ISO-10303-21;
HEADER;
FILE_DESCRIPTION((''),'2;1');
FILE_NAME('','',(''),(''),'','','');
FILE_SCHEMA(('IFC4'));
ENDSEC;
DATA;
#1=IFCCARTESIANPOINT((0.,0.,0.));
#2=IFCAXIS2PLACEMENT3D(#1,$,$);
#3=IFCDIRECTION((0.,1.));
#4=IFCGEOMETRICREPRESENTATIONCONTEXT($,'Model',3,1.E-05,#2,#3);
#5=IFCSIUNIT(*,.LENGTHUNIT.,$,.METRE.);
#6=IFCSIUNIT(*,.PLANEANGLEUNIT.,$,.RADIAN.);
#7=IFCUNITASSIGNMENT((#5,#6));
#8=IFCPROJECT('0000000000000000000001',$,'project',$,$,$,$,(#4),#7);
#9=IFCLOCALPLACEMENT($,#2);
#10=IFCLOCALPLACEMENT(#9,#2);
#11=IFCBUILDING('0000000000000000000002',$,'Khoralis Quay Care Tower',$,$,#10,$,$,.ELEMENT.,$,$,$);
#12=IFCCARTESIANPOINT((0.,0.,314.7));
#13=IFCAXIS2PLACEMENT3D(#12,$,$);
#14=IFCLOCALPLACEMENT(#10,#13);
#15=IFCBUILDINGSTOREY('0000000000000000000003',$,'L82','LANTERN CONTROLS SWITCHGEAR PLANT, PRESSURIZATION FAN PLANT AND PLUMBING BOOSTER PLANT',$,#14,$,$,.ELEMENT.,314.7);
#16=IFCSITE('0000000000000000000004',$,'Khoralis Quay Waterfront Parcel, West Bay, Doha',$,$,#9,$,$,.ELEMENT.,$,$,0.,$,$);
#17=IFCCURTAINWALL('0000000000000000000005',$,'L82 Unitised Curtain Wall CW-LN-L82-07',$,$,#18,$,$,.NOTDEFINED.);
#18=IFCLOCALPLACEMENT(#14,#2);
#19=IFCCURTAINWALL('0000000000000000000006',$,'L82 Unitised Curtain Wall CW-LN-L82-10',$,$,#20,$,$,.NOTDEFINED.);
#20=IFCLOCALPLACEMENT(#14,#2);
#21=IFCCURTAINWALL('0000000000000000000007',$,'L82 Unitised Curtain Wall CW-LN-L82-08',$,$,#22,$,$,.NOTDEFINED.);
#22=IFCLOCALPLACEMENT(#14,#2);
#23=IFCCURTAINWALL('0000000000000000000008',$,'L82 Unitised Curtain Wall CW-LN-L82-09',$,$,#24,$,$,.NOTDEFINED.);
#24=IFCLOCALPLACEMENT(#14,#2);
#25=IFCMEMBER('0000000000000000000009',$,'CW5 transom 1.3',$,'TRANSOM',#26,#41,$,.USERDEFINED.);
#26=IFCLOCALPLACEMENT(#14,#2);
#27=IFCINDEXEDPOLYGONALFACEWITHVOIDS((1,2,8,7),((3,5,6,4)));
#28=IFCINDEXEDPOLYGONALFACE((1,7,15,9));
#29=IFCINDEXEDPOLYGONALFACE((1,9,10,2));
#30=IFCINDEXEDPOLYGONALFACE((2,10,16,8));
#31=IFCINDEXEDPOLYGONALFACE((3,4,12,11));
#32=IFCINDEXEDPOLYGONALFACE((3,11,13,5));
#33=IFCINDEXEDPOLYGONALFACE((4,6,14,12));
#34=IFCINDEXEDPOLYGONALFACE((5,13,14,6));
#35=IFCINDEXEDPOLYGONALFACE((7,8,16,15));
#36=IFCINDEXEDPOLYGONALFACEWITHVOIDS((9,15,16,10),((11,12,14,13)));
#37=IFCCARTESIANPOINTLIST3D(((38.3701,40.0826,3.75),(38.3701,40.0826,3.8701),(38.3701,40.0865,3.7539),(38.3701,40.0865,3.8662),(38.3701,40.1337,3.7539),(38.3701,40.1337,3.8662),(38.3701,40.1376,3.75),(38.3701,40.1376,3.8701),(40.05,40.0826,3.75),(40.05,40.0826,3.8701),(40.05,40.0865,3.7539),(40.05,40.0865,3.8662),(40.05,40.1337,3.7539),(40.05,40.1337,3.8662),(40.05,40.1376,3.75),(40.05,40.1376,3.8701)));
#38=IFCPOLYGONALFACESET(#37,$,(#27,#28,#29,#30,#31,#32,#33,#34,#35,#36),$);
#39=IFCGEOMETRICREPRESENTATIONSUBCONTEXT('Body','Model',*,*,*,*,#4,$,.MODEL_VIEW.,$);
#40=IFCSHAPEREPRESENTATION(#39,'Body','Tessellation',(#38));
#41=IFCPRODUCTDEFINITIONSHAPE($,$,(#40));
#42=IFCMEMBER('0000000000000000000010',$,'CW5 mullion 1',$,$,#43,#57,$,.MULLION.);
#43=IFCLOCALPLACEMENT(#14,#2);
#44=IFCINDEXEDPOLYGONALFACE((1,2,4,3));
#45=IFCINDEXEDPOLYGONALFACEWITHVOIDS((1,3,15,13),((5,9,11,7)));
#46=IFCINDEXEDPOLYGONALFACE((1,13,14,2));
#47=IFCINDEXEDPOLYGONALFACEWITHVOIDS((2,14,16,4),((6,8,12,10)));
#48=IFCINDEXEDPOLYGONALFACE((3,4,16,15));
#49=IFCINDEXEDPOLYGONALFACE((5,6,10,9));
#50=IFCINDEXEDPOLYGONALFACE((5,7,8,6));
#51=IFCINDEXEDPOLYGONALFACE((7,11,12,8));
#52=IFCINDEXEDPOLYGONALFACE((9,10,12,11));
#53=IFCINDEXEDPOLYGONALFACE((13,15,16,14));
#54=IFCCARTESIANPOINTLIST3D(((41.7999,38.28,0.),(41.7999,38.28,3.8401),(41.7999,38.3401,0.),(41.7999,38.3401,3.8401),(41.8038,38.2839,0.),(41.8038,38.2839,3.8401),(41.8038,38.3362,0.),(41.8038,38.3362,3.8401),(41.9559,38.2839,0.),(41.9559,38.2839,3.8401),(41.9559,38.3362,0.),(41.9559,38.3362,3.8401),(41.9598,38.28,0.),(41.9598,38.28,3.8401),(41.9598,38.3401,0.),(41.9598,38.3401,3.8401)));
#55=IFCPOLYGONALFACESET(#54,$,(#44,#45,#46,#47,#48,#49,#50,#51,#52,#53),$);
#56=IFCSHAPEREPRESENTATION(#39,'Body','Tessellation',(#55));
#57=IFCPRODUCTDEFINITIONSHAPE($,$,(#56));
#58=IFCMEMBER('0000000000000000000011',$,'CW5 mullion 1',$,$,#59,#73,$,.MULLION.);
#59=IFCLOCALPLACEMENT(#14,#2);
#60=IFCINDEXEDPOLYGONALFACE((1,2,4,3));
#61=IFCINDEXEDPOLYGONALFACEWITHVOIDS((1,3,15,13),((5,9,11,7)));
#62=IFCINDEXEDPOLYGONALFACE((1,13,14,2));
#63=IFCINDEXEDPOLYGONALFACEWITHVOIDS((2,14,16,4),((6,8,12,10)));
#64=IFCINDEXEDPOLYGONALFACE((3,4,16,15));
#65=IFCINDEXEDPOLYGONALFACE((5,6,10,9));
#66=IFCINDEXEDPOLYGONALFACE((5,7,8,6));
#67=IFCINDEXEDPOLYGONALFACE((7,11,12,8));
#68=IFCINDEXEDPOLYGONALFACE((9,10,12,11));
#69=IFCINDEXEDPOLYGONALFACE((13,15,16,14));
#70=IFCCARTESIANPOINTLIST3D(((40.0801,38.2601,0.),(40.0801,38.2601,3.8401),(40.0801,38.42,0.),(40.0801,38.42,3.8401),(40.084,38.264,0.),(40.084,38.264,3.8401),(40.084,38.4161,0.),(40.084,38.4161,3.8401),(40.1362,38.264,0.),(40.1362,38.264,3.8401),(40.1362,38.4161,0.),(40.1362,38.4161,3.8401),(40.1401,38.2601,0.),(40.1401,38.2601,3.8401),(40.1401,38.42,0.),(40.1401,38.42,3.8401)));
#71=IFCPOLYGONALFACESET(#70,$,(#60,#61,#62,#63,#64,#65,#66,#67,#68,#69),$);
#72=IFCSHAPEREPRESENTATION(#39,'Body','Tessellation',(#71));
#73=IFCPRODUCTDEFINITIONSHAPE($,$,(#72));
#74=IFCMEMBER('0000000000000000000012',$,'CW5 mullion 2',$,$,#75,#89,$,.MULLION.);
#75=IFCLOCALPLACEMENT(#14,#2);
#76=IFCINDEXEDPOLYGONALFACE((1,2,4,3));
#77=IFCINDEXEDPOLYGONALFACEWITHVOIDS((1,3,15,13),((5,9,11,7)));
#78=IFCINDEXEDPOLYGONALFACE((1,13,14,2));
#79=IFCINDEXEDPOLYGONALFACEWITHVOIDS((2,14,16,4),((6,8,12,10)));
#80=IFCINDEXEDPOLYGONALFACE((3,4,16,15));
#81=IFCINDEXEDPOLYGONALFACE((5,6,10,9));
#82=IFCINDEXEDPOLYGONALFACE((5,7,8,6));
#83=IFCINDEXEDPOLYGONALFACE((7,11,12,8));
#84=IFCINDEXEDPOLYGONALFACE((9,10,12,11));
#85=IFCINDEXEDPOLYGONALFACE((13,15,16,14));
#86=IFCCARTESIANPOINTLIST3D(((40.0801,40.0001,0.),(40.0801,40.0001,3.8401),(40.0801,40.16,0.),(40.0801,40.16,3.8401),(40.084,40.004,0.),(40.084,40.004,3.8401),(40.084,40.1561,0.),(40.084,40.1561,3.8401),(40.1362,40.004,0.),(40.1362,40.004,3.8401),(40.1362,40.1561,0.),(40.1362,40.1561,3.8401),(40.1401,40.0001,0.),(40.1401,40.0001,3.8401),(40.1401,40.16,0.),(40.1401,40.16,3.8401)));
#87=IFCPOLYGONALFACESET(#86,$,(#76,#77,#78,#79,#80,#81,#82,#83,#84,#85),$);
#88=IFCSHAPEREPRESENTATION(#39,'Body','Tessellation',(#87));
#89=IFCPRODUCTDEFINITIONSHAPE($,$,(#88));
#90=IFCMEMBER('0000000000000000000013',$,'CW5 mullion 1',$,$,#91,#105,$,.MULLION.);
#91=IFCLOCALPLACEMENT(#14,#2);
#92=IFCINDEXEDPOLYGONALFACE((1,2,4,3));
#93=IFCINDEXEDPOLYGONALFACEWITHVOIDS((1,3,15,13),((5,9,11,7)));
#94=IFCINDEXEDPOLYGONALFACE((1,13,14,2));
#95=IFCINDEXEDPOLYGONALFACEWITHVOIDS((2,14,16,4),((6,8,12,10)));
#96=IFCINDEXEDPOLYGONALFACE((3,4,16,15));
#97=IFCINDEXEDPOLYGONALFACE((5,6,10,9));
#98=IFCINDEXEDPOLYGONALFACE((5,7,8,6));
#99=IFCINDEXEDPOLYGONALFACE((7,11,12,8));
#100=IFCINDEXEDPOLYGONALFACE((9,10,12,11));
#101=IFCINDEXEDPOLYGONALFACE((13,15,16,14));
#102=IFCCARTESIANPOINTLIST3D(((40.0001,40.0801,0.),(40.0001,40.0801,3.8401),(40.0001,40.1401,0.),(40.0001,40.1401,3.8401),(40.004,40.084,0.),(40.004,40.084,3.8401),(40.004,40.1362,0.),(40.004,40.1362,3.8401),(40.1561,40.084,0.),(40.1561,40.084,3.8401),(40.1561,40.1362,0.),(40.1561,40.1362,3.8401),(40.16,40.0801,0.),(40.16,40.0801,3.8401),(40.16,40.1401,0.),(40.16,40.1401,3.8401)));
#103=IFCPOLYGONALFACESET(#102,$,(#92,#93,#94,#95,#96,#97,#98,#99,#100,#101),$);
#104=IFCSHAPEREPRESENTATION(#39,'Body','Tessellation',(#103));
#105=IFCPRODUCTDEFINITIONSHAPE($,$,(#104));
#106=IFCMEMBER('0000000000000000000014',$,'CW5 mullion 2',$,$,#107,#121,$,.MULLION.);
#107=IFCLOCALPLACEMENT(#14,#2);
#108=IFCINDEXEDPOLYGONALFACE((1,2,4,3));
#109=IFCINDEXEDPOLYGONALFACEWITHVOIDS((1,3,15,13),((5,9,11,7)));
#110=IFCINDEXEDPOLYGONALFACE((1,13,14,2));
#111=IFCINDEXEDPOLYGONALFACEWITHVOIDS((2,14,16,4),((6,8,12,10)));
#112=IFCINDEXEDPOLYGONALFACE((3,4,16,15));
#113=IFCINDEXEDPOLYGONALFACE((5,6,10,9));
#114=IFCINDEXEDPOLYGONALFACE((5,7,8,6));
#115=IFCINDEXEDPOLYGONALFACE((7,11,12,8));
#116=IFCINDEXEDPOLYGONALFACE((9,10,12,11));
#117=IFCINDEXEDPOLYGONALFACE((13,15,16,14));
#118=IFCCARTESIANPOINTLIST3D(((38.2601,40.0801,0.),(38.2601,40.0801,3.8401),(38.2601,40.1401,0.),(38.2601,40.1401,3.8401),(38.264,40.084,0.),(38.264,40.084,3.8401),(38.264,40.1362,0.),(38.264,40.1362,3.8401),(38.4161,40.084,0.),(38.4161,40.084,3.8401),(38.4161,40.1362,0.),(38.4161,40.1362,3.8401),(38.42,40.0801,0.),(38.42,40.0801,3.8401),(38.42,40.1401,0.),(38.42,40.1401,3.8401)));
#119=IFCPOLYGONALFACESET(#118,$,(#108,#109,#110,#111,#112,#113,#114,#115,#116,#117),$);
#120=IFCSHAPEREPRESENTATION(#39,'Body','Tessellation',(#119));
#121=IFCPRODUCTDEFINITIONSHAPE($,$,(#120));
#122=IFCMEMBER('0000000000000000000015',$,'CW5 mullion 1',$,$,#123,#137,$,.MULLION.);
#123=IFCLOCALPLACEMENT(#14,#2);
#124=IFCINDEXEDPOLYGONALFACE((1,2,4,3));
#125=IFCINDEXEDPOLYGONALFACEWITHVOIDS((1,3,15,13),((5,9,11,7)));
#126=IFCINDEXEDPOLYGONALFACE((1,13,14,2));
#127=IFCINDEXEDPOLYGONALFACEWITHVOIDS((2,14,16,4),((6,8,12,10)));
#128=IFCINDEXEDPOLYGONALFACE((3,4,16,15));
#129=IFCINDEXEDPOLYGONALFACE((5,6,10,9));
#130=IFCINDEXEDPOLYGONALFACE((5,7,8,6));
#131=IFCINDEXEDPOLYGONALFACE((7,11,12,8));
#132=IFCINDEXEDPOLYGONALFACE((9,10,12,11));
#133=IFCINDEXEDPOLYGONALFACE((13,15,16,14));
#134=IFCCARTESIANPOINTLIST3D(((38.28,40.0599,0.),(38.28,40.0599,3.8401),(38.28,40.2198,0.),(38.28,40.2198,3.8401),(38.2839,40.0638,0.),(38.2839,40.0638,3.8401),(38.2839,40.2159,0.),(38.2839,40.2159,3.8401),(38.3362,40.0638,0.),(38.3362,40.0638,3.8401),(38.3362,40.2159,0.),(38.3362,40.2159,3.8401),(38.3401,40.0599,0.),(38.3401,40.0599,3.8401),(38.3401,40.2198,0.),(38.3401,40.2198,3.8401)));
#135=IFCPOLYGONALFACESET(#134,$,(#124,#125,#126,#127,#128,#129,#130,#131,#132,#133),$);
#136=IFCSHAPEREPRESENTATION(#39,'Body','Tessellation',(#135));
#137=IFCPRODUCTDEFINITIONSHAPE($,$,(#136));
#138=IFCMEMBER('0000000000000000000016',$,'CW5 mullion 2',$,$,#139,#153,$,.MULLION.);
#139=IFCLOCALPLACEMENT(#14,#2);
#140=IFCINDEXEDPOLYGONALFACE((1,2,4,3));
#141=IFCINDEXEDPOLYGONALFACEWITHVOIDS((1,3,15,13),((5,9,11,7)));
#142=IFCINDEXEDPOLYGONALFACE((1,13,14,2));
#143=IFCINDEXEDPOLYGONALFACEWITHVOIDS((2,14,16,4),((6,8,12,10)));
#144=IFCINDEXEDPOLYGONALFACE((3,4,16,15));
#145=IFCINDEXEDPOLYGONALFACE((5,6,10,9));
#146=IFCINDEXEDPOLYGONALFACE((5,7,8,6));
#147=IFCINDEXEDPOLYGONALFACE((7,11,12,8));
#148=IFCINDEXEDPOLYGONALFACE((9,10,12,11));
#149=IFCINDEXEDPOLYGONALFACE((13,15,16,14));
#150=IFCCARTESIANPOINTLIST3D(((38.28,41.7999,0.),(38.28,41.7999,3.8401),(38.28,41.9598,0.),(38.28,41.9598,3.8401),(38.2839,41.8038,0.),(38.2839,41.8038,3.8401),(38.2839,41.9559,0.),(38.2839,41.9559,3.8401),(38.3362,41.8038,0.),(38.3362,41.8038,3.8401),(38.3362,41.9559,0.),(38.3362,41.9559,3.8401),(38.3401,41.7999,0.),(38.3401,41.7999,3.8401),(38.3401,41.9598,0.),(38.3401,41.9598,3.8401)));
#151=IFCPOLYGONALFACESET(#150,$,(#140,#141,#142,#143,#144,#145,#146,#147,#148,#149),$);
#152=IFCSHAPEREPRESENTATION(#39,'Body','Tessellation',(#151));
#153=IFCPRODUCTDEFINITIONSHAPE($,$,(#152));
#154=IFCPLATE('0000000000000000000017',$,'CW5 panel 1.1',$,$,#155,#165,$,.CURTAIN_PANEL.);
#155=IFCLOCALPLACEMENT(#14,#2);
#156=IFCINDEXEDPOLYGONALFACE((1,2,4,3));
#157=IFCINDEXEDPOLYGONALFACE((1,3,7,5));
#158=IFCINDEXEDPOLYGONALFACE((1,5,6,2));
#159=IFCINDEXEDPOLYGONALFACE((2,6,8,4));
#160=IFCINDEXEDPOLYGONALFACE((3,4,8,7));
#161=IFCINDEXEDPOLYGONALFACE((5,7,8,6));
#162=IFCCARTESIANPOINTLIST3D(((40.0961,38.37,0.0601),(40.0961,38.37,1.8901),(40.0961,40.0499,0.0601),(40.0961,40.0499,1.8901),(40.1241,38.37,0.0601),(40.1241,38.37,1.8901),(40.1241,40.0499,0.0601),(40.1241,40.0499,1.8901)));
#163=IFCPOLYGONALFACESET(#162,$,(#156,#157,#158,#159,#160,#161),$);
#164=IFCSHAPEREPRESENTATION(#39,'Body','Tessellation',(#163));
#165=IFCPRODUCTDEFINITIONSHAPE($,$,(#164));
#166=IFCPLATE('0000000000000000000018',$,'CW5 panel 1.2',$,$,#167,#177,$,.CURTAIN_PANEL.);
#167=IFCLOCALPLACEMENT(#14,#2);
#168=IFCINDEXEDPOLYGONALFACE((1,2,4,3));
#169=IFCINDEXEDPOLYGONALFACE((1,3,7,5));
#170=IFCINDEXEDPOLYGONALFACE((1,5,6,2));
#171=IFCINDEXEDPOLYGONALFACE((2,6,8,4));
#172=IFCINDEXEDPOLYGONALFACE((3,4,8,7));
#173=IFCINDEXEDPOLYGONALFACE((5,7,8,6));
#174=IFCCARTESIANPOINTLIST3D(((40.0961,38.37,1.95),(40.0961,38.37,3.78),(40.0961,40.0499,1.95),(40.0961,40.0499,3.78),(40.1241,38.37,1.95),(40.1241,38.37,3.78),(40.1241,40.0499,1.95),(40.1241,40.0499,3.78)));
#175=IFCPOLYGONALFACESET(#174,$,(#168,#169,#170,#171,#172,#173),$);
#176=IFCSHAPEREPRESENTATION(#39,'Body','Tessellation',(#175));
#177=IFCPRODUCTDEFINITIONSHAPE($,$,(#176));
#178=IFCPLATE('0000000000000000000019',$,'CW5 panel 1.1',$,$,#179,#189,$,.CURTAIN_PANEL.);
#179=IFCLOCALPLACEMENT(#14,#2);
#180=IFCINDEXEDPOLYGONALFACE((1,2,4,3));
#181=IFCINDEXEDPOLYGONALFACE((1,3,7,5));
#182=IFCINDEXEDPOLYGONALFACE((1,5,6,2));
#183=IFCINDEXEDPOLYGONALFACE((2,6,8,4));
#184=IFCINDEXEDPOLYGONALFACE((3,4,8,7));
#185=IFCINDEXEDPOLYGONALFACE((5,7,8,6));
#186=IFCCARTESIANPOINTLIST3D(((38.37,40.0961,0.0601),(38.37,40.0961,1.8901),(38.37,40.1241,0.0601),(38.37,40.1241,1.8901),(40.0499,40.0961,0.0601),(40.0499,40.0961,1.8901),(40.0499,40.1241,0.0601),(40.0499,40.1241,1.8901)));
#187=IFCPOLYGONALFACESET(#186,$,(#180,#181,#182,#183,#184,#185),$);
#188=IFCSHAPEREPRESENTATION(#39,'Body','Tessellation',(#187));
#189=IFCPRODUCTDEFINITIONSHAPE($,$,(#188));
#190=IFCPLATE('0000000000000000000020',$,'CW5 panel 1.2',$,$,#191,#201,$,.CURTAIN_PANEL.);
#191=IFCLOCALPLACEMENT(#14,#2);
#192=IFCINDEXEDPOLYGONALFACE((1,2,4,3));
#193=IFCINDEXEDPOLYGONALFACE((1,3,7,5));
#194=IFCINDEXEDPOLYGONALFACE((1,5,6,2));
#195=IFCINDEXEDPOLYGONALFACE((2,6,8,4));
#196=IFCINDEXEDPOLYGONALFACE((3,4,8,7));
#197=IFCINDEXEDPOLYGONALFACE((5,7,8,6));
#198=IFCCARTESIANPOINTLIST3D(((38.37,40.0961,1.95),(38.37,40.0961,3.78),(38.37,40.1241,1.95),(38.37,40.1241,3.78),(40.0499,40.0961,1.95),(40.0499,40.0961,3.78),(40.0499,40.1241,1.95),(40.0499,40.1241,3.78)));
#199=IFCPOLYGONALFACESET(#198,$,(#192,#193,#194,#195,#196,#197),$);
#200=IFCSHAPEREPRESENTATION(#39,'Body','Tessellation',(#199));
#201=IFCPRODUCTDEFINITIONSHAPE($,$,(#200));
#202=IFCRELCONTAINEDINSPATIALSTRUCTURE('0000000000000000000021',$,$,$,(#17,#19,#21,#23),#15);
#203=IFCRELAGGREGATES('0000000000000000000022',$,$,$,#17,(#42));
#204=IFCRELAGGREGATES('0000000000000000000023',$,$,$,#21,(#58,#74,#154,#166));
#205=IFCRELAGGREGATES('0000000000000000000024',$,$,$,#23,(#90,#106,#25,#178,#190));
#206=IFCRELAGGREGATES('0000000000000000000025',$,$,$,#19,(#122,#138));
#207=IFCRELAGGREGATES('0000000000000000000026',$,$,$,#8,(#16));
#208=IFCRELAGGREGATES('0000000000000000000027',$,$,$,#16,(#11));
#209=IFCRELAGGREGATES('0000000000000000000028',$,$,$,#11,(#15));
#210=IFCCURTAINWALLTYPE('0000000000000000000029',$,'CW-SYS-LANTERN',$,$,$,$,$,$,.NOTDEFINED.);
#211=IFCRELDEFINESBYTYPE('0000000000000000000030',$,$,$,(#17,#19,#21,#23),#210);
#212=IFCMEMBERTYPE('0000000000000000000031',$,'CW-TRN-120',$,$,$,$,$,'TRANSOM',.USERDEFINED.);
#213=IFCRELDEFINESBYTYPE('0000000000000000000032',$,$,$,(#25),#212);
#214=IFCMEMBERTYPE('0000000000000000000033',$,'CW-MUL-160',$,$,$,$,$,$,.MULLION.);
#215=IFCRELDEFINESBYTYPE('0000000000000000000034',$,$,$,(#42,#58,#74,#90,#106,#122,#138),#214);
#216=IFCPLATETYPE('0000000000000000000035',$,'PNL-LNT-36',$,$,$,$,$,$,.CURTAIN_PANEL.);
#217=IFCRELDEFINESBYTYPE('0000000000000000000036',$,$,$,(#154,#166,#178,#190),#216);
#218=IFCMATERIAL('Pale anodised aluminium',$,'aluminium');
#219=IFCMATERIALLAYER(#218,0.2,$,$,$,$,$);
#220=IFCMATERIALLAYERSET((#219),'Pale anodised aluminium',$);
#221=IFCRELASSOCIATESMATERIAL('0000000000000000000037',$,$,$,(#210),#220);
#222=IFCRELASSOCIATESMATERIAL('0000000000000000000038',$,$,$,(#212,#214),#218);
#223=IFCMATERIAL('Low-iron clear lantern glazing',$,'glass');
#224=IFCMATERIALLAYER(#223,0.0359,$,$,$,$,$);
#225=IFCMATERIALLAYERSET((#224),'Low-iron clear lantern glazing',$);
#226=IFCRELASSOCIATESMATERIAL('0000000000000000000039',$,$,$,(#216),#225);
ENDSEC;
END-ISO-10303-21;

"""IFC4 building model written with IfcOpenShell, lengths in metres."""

from ifc_helpers import new_model, si_unit, direction, frame, origin, origin_2d, place, context, subcontext, project, spatial, rectangle, hollow_rectangle, extrude, source, transform, mapped, material, layer, layer_set, material_profile, profile_set, type_object, element, aggregate, save


model = new_model("IFC4")

# Units and contexts
model_context = context("Model", 3, precision=1e-05, world=origin(), true_north=direction((0.0, 1.0)))
body_context = subcontext(model_context, "Body", "Model", "MODEL_VIEW")
ifc_project = project(units=[si_unit("LENGTHUNIT", "METRE"), si_unit("PLANEANGLEUNIT", "RADIAN")], contexts=[model_context])

# Site, building, storey
site_placement = place(None, origin())
site = spatial("IfcSite", under=ifc_project, at=site_placement, Name="Khoralis Quay Waterfront Parcel, West Bay, Doha", CompositionType="ELEMENT", RefElevation=0.0)
building_placement = place(site_placement, origin())
building = spatial("IfcBuilding", under=site, at=building_placement, Name="Khoralis Quay Care Tower", CompositionType="ELEMENT")
storey_placement = place(building_placement, frame((0.0, 0.0, 314.7)))
storey = spatial("IfcBuildingStorey", under=building, at=storey_placement, Name="L82", Description="LANTERN CONTROLS SWITCHGEAR PLANT, PRESSURIZATION FAN PLANT AND PLUMBING BOOSTER PLANT", CompositionType="ELEMENT", Elevation=314.7)

# Curtain walls, member
ifc_material_1 = material(Name="Pale anodised aluminium", Category="aluminium")
ifc_layer_1 = layer(ifc_material_1, 0.2)
ifc_layer_set_1 = layer_set([ifc_layer_1], Name="Pale anodised aluminium")
curtain_wall_type = type_object("IfcCurtainWallType", Name="CW-SYS-LANTERN", PredefinedType="NOTDEFINED", material=ifc_layer_set_1)
curtain_wall_1_placement = place(storey_placement, origin())
curtain_wall_1 = element("IfcCurtainWall", 1, at=curtain_wall_1_placement, inside=storey, type_object=curtain_wall_type, Name="L82 Unitised Curtain Wall CW-LN-L82-07", PredefinedType="NOTDEFINED")
ifc_material_profile_1 = material_profile(ifc_material_1, hollow_rectangle(XDim=0.0549, YDim=0.1201, WallThickness=0.0039, at=origin_2d()), Name="Pale anodised aluminium")
ifc_profile_set_1 = profile_set([ifc_material_profile_1], Name="Pale anodised aluminium")
member_type_1 = type_object("IfcMemberType", Name="CW-TRN-120", ElementType="TRANSOM", PredefinedType="USERDEFINED", material=ifc_profile_set_1)
curtain_wall_2_placement = place(storey_placement, origin())
curtain_wall_2 = element("IfcCurtainWall", 2, at=curtain_wall_2_placement, inside=storey, type_object=curtain_wall_type, Name="L82 Unitised Curtain Wall CW-LN-L82-10", PredefinedType="NOTDEFINED")
curtain_wall_3_placement = place(storey_placement, origin())
curtain_wall_3 = element("IfcCurtainWall", 3, at=curtain_wall_3_placement, inside=storey, type_object=curtain_wall_type, Name="L82 Unitised Curtain Wall CW-LN-L82-08", PredefinedType="NOTDEFINED")
shared_shape_1 = source(origin(), body_context, "Body", "SweptSolid", [
    extrude(hollow_rectangle(XDim=0.0549, YDim=0.1201, WallThickness=0.0039, at=origin_2d()), origin(), (0.0, 0.0, 1.0), 1.6799),
])
curtain_wall_4_placement = place(storey_placement, origin())
curtain_wall_4 = element("IfcCurtainWall", 4, at=curtain_wall_4_placement, inside=storey, type_object=curtain_wall_type, Name="L82 Unitised Curtain Wall CW-LN-L82-09", PredefinedType="NOTDEFINED")
member_1_placement = place(storey_placement, frame((40.05, 40.1101, 3.8101), z_axis=(-1.0, 0.0, 0.0), x_axis=(0.0, -1.0, 0.0)))
member_1 = element("IfcMember", 5, at=member_1_placement, type_object=member_type_1, Name="CW5 transom 1.3", ObjectType="TRANSOM", PredefinedType="USERDEFINED", context=body_context, shape_type="MappedRepresentation", body=[
    mapped(shared_shape_1, transform((0.0, 0.0, 0.0), scale=1.0)),
])

# Members
ifc_material_profile_2 = material_profile(ifc_material_1, hollow_rectangle(XDim=0.0601, YDim=0.1599, WallThickness=0.0039, at=origin_2d()), Name="Pale anodised aluminium")
ifc_profile_set_2 = profile_set([ifc_material_profile_2], Name="Pale anodised aluminium")
member_type_2 = type_object("IfcMemberType", Name="CW-MUL-160", PredefinedType="MULLION", material=ifc_profile_set_2)
shared_shape_2 = source(origin(), body_context, "Body", "SweptSolid", [
    extrude(hollow_rectangle(XDim=0.0601, YDim=0.1599, WallThickness=0.0039, at=origin_2d()), origin(), (0.0, 0.0, 1.0), 3.8401),
])
member_2_placement = place(storey_placement, frame((41.8799, 38.3101, 0.0), z_axis=(0.0, 0.0, 1.0), x_axis=(0.0, -1.0, 0.0)))
member_2 = element("IfcMember", 6, at=member_2_placement, type_object=member_type_2, Name="CW5 mullion 1", PredefinedType="MULLION", context=body_context, shape_type="MappedRepresentation", body=[
    mapped(shared_shape_2, transform((0.0, 0.0, 0.0), scale=1.0)),
])
aggregate(curtain_wall_1, [member_2])
member_3_placement = place(storey_placement, frame((40.1101, 38.3401, 0.0), z_axis=(0.0, 0.0, 1.0), x_axis=(-1.0, 0.0, 0.0)))
member_3 = element("IfcMember", 7, at=member_3_placement, type_object=member_type_2, Name="CW5 mullion 1", PredefinedType="MULLION", context=body_context, shape_type="MappedRepresentation", body=[
    mapped(shared_shape_2, transform((0.0, 0.0, 0.0), scale=1.0)),
])
member_4_placement = place(storey_placement, frame((40.1101, 40.0801, 0.0), z_axis=(0.0, 0.0, 1.0), x_axis=(-1.0, 0.0, 0.0)))
member_4 = element("IfcMember", 8, at=member_4_placement, type_object=member_type_2, Name="CW5 mullion 2", PredefinedType="MULLION", context=body_context, shape_type="MappedRepresentation", body=[
    mapped(shared_shape_2, transform((0.0, 0.0, 0.0), scale=1.0)),
])
member_5_placement = place(storey_placement, frame((40.0801, 40.1101, 0.0), z_axis=(0.0, 0.0, 1.0), x_axis=(0.0, -1.0, 0.0)))
member_5 = element("IfcMember", 9, at=member_5_placement, type_object=member_type_2, Name="CW5 mullion 1", PredefinedType="MULLION", context=body_context, shape_type="MappedRepresentation", body=[
    mapped(shared_shape_2, transform((0.0, 0.0, 0.0), scale=1.0)),
])
member_6_placement = place(storey_placement, frame((38.3401, 40.1101, 0.0), z_axis=(0.0, 0.0, 1.0), x_axis=(0.0, -1.0, 0.0)))
member_6 = element("IfcMember", 10, at=member_6_placement, type_object=member_type_2, Name="CW5 mullion 2", PredefinedType="MULLION", context=body_context, shape_type="MappedRepresentation", body=[
    mapped(shared_shape_2, transform((0.0, 0.0, 0.0), scale=1.0)),
])
member_7_placement = place(storey_placement, frame((38.3101, 40.1399, 0.0), z_axis=(0.0, 0.0, 1.0), x_axis=(-1.0, 0.0, 0.0)))
member_7 = element("IfcMember", 11, at=member_7_placement, type_object=member_type_2, Name="CW5 mullion 1", PredefinedType="MULLION", context=body_context, shape_type="MappedRepresentation", body=[
    mapped(shared_shape_2, transform((0.0, 0.0, 0.0), scale=1.0)),
])
member_8_placement = place(storey_placement, frame((38.3101, 41.8799, 0.0), z_axis=(0.0, 0.0, 1.0), x_axis=(-1.0, 0.0, 0.0)))
member_8 = element("IfcMember", 12, at=member_8_placement, type_object=member_type_2, Name="CW5 mullion 2", PredefinedType="MULLION", context=body_context, shape_type="MappedRepresentation", body=[
    mapped(shared_shape_2, transform((0.0, 0.0, 0.0), scale=1.0)),
])

# Plates
ifc_material_2 = material(Name="Low-iron clear lantern glazing", Category="glass")
ifc_layer_2 = layer(ifc_material_2, 0.0359)
ifc_layer_set_2 = layer_set([ifc_layer_2], Name="Low-iron clear lantern glazing")
plate_type = type_object("IfcPlateType", Name="PNL-LNT-36", PredefinedType="CURTAIN_PANEL", material=ifc_layer_set_2)
shared_shape_3 = source(origin(), body_context, "Body", "SweptSolid", [
    extrude(rectangle(XDim=1.6799, YDim=0.0281, at=origin_2d()), origin(), (0.0, 0.0, 1.0), 1.8301),
])
plate_1_placement = place(storey_placement, frame((40.1101, 39.21, 0.0601), z_axis=(0.0, 0.0, 1.0), x_axis=(0.0, 1.0, 0.0)))
plate_1 = element("IfcPlate", 13, at=plate_1_placement, type_object=plate_type, Name="CW5 panel 1.1", PredefinedType="CURTAIN_PANEL", context=body_context, shape_type="MappedRepresentation", body=[
    mapped(shared_shape_3, transform((0.0, 0.0, 0.0), scale=1.0)),
])
plate_2_placement = place(storey_placement, frame((40.1101, 39.21, 1.95), z_axis=(0.0, 0.0, 1.0), x_axis=(0.0, 1.0, 0.0)))
plate_2 = element("IfcPlate", 14, at=plate_2_placement, type_object=plate_type, Name="CW5 panel 1.2", PredefinedType="CURTAIN_PANEL", context=body_context, shape_type="MappedRepresentation", body=[
    mapped(shared_shape_3, transform((0.0, 0.0, 0.0), scale=1.0)),
])
aggregate(curtain_wall_3, [member_3, member_4, plate_1, plate_2])
plate_3_placement = place(storey_placement, frame((39.21, 40.1101, 0.0601), z_axis=(0.0, 0.0, 1.0), x_axis=(-1.0, 0.0, 0.0)))
plate_3 = element("IfcPlate", 15, at=plate_3_placement, type_object=plate_type, Name="CW5 panel 1.1", PredefinedType="CURTAIN_PANEL", context=body_context, shape_type="MappedRepresentation", body=[
    mapped(shared_shape_3, transform((0.0, 0.0, 0.0), scale=1.0)),
])
plate_4_placement = place(storey_placement, frame((39.21, 40.1101, 1.95), z_axis=(0.0, 0.0, 1.0), x_axis=(-1.0, 0.0, 0.0)))
plate_4 = element("IfcPlate", 16, at=plate_4_placement, type_object=plate_type, Name="CW5 panel 1.2", PredefinedType="CURTAIN_PANEL", context=body_context, shape_type="MappedRepresentation", body=[
    mapped(shared_shape_3, transform((0.0, 0.0, 0.0), scale=1.0)),
])
aggregate(curtain_wall_4, [member_5, member_6, member_1, plate_3, plate_4])
aggregate(curtain_wall_2, [member_7, member_8])

save(model, "model.ifc")
